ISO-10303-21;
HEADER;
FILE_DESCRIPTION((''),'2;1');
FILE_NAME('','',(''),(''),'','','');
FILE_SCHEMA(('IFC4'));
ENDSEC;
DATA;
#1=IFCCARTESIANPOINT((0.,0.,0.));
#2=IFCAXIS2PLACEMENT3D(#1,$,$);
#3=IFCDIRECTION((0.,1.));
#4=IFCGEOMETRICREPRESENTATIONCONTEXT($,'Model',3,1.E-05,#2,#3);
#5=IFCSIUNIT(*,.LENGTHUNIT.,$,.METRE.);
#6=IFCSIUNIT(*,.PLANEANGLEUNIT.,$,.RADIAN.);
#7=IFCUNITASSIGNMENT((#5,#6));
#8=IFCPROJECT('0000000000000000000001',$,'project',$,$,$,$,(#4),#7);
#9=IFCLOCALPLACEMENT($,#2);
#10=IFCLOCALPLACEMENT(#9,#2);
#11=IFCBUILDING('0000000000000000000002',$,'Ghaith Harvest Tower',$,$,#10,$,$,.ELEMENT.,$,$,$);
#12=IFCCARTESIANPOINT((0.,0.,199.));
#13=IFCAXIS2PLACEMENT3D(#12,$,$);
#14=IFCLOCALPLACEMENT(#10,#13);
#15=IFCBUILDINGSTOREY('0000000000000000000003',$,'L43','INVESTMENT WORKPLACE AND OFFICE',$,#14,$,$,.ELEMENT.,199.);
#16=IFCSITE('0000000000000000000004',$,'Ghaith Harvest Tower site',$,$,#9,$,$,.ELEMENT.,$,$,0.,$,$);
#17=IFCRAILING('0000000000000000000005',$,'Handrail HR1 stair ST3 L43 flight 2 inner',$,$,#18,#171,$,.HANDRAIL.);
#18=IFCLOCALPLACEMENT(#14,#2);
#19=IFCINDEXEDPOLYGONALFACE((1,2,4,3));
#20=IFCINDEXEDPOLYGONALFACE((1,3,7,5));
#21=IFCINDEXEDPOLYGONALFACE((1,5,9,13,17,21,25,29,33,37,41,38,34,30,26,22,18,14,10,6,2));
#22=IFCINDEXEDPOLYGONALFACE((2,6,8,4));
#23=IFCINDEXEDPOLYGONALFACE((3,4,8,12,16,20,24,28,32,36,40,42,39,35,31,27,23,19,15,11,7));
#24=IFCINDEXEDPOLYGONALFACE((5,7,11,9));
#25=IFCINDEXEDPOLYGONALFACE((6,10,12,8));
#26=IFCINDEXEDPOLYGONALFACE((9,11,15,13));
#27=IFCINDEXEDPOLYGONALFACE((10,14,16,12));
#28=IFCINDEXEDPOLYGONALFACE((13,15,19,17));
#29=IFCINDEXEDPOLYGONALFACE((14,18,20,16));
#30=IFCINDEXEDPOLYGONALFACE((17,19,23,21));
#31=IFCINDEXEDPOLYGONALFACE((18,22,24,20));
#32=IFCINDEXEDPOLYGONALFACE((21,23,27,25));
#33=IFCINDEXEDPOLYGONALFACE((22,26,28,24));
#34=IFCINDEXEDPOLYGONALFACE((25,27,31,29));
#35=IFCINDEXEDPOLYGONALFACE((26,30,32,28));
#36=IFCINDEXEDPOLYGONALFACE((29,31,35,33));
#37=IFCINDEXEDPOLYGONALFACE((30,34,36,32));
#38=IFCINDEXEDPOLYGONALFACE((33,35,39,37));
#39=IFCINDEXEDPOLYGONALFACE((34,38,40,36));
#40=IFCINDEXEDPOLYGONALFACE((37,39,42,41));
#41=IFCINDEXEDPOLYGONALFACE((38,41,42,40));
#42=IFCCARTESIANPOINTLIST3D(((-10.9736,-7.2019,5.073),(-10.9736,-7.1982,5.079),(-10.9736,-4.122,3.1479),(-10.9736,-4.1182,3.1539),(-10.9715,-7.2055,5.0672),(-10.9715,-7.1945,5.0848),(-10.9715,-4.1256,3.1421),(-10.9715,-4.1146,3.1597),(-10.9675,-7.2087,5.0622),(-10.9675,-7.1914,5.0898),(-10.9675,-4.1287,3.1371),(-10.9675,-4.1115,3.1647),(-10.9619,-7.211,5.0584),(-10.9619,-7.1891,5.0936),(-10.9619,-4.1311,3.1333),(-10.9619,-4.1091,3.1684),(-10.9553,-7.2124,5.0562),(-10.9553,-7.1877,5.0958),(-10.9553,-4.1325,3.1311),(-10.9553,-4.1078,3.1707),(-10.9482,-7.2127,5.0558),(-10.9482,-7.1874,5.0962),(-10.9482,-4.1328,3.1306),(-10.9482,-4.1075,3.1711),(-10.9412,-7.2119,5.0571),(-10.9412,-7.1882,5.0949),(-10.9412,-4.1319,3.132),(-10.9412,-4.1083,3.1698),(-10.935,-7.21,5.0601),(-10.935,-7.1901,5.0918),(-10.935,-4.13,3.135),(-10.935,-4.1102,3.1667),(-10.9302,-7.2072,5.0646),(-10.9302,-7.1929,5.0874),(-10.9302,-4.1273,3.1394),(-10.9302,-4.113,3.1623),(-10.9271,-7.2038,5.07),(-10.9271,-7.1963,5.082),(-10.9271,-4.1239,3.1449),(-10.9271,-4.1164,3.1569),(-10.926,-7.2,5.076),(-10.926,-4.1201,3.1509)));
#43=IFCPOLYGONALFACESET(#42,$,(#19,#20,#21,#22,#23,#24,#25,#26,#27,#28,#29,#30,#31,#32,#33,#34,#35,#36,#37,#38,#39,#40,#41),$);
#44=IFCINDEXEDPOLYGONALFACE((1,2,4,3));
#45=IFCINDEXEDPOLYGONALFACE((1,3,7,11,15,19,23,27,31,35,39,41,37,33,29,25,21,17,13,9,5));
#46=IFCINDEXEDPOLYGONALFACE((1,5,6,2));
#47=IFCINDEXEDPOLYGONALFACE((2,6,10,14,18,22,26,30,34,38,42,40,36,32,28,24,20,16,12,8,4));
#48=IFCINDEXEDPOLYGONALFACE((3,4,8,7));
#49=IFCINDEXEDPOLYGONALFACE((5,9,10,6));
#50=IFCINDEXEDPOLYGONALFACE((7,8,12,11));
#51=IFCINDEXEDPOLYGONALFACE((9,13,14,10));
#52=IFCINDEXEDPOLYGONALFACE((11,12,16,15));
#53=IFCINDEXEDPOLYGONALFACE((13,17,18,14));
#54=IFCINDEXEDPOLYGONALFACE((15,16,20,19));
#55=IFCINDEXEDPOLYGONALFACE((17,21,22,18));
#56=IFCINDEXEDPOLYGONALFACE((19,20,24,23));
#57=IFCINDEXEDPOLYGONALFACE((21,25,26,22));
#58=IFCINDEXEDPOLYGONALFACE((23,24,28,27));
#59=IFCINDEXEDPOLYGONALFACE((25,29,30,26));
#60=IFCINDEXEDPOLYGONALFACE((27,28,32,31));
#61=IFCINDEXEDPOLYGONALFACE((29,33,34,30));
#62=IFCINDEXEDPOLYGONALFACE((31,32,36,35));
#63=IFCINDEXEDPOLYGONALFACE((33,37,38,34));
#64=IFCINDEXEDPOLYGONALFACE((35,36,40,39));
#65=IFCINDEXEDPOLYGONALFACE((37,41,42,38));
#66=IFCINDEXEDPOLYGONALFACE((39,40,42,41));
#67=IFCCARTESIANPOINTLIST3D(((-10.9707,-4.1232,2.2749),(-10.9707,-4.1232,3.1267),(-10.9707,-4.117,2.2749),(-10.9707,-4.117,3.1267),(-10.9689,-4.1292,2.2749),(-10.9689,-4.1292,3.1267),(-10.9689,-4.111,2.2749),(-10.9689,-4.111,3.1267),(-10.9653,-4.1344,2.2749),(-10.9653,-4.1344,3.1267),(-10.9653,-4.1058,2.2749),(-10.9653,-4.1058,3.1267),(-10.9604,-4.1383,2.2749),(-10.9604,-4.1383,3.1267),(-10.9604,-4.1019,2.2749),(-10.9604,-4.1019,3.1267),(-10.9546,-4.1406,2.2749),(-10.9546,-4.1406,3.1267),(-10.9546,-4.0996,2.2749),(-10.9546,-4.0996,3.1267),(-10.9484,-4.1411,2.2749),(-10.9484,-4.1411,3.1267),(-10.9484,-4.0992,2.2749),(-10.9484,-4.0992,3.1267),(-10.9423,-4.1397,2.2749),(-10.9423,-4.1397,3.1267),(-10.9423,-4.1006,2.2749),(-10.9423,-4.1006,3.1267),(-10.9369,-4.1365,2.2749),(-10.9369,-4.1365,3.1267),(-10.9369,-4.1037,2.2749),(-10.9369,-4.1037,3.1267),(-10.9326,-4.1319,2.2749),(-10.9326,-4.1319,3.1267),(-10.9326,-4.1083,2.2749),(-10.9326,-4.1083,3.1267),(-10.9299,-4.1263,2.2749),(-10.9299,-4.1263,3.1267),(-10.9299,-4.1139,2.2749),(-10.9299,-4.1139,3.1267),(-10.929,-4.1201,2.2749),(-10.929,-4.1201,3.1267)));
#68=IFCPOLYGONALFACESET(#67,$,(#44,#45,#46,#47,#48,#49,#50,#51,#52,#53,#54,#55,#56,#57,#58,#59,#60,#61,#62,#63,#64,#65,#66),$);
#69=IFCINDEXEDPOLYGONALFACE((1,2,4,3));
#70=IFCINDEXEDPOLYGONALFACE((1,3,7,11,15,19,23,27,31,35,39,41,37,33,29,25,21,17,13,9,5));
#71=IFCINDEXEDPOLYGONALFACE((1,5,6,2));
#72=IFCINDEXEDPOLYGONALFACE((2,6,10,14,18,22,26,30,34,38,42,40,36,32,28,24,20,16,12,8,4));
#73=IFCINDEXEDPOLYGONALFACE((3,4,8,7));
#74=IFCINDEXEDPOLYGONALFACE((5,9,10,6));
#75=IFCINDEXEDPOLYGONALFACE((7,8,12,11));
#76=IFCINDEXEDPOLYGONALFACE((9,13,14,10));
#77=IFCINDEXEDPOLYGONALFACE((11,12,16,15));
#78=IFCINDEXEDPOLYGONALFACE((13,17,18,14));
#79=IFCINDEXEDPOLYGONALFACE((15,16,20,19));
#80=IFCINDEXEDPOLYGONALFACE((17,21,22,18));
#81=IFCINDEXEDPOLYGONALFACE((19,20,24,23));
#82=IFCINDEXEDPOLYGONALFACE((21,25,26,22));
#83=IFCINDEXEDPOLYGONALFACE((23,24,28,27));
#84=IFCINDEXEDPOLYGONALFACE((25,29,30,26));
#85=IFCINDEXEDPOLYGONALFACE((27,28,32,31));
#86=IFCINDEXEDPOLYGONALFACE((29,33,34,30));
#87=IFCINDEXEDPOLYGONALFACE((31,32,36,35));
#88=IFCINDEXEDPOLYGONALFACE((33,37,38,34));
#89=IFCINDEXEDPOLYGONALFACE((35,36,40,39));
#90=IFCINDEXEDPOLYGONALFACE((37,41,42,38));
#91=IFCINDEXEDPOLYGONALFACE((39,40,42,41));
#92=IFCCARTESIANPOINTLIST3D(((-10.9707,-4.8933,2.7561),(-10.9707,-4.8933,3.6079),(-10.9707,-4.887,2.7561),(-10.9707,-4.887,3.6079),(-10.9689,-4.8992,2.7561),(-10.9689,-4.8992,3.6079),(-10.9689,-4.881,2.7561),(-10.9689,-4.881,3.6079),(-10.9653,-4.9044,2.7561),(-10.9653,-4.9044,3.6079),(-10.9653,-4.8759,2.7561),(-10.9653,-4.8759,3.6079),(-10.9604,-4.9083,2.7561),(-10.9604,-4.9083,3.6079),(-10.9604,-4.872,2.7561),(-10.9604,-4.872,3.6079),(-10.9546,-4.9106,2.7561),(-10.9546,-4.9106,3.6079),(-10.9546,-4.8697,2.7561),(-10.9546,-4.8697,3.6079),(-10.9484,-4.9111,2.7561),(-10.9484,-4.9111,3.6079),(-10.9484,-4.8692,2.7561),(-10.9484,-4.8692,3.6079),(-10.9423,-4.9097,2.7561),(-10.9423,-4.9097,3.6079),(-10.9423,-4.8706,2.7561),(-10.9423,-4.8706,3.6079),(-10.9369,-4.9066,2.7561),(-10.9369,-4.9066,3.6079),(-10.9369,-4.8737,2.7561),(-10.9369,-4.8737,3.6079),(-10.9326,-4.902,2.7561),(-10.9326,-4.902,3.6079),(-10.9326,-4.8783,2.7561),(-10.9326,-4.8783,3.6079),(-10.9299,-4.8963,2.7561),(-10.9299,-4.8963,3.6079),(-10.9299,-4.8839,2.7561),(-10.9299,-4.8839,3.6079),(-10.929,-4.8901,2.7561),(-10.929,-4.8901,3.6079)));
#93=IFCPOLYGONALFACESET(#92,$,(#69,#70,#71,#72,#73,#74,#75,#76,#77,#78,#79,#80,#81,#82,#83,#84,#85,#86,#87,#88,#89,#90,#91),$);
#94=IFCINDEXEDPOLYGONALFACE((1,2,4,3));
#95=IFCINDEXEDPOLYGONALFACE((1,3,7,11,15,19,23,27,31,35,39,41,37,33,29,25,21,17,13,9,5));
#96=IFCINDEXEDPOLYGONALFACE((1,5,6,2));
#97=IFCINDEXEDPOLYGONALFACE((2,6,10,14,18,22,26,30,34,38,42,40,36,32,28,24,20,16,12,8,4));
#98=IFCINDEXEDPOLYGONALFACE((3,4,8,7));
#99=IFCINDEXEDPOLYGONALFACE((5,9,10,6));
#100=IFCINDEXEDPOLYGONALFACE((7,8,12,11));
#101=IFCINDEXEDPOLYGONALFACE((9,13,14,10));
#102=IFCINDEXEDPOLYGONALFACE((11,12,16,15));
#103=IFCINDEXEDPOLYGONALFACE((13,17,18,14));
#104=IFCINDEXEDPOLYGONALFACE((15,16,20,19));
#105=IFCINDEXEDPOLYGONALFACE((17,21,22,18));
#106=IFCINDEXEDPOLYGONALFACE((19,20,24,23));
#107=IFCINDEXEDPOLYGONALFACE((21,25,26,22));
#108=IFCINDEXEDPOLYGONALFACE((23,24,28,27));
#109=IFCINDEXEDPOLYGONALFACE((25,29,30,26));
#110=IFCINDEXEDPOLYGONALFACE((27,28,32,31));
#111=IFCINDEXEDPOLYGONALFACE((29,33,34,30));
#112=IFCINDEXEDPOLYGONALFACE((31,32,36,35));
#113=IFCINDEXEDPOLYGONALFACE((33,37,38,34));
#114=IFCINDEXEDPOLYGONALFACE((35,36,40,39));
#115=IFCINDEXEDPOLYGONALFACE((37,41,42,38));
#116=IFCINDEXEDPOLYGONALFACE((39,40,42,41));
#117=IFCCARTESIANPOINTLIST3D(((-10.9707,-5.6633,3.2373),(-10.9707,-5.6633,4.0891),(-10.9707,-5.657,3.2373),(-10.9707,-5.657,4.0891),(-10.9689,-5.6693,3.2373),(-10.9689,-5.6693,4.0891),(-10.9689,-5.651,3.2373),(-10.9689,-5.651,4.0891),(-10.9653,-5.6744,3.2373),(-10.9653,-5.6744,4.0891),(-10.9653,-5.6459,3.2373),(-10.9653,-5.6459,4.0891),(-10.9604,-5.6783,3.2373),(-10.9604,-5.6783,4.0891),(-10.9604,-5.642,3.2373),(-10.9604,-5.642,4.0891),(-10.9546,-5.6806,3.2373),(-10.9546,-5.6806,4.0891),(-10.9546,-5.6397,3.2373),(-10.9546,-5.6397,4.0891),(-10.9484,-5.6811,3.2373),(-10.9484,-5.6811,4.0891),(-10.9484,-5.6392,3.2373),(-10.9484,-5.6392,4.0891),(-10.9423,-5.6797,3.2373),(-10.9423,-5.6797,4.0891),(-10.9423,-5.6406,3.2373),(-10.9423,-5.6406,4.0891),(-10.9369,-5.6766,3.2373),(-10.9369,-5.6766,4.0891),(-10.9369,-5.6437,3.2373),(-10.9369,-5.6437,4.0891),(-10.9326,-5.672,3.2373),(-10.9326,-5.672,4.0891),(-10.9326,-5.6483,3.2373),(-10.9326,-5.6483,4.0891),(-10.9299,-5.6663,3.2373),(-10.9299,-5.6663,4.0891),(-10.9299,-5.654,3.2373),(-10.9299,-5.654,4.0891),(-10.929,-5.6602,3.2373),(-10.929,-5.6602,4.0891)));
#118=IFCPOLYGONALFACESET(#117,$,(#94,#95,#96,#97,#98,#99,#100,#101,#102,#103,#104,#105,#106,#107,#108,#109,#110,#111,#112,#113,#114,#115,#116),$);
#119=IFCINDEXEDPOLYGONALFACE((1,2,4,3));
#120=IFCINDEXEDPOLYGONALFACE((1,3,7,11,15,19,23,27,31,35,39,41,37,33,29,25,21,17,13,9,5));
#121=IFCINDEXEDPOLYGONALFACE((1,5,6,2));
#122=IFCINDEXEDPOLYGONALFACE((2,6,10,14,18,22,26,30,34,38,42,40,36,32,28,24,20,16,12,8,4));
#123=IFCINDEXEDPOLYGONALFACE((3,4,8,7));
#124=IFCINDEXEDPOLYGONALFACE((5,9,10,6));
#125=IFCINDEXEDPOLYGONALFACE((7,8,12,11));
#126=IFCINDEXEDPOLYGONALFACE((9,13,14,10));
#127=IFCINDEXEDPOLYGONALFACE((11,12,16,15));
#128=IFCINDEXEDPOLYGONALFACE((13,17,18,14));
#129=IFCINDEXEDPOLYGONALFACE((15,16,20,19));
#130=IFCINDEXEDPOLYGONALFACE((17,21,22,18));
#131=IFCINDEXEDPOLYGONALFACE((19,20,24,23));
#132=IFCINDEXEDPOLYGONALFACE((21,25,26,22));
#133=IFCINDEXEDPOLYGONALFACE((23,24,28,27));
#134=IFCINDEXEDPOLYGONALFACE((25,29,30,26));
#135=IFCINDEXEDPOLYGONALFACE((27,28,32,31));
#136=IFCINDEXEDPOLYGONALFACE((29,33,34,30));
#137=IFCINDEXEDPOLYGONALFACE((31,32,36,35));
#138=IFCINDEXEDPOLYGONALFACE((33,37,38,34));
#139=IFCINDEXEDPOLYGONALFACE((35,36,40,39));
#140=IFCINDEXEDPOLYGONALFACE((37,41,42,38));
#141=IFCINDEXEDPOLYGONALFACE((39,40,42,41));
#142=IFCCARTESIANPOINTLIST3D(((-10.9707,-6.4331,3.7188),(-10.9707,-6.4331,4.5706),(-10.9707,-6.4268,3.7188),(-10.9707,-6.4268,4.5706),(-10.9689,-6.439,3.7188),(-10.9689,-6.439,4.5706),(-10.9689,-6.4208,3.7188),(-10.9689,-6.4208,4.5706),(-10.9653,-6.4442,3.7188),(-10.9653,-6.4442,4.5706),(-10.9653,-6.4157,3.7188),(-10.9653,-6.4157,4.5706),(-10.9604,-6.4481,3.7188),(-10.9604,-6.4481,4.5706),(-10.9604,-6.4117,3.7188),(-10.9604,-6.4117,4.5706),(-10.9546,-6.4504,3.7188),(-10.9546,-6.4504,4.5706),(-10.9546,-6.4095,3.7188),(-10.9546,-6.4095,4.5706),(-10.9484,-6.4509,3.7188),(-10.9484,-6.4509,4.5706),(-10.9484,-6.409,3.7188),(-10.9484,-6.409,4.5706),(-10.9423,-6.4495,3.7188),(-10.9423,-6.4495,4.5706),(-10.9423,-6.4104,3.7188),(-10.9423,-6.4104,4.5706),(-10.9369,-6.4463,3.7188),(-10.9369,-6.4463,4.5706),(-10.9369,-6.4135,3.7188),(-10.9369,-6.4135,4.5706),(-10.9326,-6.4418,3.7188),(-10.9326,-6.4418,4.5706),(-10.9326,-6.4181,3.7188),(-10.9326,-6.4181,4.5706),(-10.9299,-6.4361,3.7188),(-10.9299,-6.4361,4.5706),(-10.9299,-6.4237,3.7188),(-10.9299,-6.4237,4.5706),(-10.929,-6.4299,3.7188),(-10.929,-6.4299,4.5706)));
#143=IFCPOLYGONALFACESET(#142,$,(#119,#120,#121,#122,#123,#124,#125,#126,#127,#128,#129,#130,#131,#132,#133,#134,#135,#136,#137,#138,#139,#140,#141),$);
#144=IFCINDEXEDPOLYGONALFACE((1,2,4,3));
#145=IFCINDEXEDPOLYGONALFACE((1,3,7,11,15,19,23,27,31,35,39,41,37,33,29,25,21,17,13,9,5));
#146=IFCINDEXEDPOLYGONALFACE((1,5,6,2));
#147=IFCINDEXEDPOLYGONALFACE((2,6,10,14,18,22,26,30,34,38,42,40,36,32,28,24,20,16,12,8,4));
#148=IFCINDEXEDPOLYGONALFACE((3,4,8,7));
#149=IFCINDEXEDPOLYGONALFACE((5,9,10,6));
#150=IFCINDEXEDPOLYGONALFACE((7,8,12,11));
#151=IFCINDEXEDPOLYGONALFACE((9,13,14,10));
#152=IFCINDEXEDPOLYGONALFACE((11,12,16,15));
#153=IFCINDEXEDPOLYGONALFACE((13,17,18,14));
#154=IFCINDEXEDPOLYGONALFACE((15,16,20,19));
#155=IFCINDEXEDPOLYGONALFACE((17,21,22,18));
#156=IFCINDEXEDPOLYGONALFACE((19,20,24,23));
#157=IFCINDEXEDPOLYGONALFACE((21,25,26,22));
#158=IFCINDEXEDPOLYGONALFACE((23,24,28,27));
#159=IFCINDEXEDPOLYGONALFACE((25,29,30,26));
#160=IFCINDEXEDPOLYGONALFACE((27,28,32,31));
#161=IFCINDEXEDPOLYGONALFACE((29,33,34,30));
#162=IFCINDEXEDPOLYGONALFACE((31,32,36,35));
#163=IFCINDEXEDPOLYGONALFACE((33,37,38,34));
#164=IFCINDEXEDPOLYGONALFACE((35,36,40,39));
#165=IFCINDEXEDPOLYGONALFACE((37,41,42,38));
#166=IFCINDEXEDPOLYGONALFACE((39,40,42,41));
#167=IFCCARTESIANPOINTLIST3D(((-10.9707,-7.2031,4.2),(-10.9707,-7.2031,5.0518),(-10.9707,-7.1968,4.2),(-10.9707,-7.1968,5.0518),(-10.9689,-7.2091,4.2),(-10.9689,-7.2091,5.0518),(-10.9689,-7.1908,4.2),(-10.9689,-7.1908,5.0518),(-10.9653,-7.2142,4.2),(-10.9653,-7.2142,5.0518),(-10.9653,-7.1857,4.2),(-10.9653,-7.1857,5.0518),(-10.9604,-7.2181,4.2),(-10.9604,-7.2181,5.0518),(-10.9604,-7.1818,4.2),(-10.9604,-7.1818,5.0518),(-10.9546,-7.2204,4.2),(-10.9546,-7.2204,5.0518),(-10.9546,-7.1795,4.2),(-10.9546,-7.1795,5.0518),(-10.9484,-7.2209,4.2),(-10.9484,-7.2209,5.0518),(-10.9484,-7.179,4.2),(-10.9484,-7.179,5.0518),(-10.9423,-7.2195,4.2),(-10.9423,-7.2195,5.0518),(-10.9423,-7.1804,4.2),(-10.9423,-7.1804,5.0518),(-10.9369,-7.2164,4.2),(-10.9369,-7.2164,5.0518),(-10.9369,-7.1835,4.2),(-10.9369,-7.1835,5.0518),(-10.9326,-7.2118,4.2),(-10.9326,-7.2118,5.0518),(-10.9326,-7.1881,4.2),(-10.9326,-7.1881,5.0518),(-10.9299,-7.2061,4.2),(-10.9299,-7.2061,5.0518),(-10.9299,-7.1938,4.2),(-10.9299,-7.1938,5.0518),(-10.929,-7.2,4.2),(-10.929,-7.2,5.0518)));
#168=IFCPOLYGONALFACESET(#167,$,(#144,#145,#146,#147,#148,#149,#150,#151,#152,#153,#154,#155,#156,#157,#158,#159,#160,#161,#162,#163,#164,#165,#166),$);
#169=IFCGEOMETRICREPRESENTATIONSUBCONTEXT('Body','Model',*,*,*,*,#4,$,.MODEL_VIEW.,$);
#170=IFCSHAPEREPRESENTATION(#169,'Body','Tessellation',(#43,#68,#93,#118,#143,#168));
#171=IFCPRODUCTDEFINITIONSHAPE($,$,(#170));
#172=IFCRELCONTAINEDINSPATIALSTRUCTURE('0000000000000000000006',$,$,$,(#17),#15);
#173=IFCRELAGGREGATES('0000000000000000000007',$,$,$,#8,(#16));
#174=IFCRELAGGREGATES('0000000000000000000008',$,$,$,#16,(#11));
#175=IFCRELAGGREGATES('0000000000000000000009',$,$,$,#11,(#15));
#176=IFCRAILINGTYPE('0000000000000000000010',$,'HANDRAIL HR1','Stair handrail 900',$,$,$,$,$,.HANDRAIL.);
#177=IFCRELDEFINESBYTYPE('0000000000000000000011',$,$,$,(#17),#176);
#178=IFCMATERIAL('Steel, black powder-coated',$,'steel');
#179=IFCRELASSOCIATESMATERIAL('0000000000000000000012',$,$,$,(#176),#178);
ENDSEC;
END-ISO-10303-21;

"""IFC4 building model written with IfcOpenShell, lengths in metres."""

from ifc_helpers import new_model, si_unit, direction, frame, origin, origin_2d, place, context, subcontext, project, spatial, circle, extrude, material, type_object, element, save


model = new_model("IFC4")

# Units and contexts
model_context = context("Model", 3, precision=1e-05, world=origin(), true_north=direction((0.0, 1.0)))
body_context = subcontext(model_context, "Body", "Model", "MODEL_VIEW")
ifc_project = project(units=[si_unit("LENGTHUNIT", "METRE"), si_unit("PLANEANGLEUNIT", "RADIAN")], contexts=[model_context])

# Site, building, storey
site_placement = place(None, origin())
site = spatial("IfcSite", under=ifc_project, at=site_placement, Name="Ghaith Harvest Tower site", CompositionType="ELEMENT", RefElevation=0.0)
building_placement = place(site_placement, origin())
building = spatial("IfcBuilding", under=site, at=building_placement, Name="Ghaith Harvest Tower", CompositionType="ELEMENT")
storey_placement = place(building_placement, frame((0.0, 0.0, 199.0)))
storey = spatial("IfcBuildingStorey", under=building, at=storey_placement, Name="L43", Description="INVESTMENT WORKPLACE AND OFFICE", CompositionType="ELEMENT", Elevation=199.0)

# Railing
ifc_material_1 = material(Name="Steel, black powder-coated", Category="steel")
railing_type = type_object("IfcRailingType", Name="HANDRAIL HR1", Description="Stair handrail 900", PredefinedType="HANDRAIL", material=ifc_material_1)
railing_1_placement = place(storey_placement, frame((-10.95, -4.1201, 2.2749)))
element("IfcRailing", 1, at=railing_1_placement, inside=storey, type_object=railing_type, Name="Handrail HR1 stair ST3 L43 flight 2 inner", PredefinedType="HANDRAIL", context=body_context, shape_type="SweptSolid", body=[
    extrude(circle(Radius=0.0239, at=origin_2d()), frame((0.0, 0.0, 0.876), z_axis=(0.0, -0.847979, 0.530029), x_axis=(1.0, 0.0, 0.0)), (0.0, 0.0, 1.0), 3.6321),
    extrude(circle(Radius=0.021, at=origin_2d()), origin(), (0.0, 0.0, 1.0), 0.8518),
    extrude(circle(Radius=0.021, at=origin_2d()), frame((0.0, -0.77, 0.4812)), (0.0, 0.0, 1.0), 0.8518),
    extrude(circle(Radius=0.021, at=origin_2d()), frame((0.0, -1.54, 0.9624)), (0.0, 0.0, 1.0), 0.8518),
    extrude(circle(Radius=0.021, at=origin_2d()), frame((0.0, -2.3098, 1.4438)), (0.0, 0.0, 1.0), 0.8518),
    extrude(circle(Radius=0.021, at=origin_2d()), frame((0.0, -3.0798, 1.925)), (0.0, 0.0, 1.0), 0.8518),
])

save(model, "model.ifc")
